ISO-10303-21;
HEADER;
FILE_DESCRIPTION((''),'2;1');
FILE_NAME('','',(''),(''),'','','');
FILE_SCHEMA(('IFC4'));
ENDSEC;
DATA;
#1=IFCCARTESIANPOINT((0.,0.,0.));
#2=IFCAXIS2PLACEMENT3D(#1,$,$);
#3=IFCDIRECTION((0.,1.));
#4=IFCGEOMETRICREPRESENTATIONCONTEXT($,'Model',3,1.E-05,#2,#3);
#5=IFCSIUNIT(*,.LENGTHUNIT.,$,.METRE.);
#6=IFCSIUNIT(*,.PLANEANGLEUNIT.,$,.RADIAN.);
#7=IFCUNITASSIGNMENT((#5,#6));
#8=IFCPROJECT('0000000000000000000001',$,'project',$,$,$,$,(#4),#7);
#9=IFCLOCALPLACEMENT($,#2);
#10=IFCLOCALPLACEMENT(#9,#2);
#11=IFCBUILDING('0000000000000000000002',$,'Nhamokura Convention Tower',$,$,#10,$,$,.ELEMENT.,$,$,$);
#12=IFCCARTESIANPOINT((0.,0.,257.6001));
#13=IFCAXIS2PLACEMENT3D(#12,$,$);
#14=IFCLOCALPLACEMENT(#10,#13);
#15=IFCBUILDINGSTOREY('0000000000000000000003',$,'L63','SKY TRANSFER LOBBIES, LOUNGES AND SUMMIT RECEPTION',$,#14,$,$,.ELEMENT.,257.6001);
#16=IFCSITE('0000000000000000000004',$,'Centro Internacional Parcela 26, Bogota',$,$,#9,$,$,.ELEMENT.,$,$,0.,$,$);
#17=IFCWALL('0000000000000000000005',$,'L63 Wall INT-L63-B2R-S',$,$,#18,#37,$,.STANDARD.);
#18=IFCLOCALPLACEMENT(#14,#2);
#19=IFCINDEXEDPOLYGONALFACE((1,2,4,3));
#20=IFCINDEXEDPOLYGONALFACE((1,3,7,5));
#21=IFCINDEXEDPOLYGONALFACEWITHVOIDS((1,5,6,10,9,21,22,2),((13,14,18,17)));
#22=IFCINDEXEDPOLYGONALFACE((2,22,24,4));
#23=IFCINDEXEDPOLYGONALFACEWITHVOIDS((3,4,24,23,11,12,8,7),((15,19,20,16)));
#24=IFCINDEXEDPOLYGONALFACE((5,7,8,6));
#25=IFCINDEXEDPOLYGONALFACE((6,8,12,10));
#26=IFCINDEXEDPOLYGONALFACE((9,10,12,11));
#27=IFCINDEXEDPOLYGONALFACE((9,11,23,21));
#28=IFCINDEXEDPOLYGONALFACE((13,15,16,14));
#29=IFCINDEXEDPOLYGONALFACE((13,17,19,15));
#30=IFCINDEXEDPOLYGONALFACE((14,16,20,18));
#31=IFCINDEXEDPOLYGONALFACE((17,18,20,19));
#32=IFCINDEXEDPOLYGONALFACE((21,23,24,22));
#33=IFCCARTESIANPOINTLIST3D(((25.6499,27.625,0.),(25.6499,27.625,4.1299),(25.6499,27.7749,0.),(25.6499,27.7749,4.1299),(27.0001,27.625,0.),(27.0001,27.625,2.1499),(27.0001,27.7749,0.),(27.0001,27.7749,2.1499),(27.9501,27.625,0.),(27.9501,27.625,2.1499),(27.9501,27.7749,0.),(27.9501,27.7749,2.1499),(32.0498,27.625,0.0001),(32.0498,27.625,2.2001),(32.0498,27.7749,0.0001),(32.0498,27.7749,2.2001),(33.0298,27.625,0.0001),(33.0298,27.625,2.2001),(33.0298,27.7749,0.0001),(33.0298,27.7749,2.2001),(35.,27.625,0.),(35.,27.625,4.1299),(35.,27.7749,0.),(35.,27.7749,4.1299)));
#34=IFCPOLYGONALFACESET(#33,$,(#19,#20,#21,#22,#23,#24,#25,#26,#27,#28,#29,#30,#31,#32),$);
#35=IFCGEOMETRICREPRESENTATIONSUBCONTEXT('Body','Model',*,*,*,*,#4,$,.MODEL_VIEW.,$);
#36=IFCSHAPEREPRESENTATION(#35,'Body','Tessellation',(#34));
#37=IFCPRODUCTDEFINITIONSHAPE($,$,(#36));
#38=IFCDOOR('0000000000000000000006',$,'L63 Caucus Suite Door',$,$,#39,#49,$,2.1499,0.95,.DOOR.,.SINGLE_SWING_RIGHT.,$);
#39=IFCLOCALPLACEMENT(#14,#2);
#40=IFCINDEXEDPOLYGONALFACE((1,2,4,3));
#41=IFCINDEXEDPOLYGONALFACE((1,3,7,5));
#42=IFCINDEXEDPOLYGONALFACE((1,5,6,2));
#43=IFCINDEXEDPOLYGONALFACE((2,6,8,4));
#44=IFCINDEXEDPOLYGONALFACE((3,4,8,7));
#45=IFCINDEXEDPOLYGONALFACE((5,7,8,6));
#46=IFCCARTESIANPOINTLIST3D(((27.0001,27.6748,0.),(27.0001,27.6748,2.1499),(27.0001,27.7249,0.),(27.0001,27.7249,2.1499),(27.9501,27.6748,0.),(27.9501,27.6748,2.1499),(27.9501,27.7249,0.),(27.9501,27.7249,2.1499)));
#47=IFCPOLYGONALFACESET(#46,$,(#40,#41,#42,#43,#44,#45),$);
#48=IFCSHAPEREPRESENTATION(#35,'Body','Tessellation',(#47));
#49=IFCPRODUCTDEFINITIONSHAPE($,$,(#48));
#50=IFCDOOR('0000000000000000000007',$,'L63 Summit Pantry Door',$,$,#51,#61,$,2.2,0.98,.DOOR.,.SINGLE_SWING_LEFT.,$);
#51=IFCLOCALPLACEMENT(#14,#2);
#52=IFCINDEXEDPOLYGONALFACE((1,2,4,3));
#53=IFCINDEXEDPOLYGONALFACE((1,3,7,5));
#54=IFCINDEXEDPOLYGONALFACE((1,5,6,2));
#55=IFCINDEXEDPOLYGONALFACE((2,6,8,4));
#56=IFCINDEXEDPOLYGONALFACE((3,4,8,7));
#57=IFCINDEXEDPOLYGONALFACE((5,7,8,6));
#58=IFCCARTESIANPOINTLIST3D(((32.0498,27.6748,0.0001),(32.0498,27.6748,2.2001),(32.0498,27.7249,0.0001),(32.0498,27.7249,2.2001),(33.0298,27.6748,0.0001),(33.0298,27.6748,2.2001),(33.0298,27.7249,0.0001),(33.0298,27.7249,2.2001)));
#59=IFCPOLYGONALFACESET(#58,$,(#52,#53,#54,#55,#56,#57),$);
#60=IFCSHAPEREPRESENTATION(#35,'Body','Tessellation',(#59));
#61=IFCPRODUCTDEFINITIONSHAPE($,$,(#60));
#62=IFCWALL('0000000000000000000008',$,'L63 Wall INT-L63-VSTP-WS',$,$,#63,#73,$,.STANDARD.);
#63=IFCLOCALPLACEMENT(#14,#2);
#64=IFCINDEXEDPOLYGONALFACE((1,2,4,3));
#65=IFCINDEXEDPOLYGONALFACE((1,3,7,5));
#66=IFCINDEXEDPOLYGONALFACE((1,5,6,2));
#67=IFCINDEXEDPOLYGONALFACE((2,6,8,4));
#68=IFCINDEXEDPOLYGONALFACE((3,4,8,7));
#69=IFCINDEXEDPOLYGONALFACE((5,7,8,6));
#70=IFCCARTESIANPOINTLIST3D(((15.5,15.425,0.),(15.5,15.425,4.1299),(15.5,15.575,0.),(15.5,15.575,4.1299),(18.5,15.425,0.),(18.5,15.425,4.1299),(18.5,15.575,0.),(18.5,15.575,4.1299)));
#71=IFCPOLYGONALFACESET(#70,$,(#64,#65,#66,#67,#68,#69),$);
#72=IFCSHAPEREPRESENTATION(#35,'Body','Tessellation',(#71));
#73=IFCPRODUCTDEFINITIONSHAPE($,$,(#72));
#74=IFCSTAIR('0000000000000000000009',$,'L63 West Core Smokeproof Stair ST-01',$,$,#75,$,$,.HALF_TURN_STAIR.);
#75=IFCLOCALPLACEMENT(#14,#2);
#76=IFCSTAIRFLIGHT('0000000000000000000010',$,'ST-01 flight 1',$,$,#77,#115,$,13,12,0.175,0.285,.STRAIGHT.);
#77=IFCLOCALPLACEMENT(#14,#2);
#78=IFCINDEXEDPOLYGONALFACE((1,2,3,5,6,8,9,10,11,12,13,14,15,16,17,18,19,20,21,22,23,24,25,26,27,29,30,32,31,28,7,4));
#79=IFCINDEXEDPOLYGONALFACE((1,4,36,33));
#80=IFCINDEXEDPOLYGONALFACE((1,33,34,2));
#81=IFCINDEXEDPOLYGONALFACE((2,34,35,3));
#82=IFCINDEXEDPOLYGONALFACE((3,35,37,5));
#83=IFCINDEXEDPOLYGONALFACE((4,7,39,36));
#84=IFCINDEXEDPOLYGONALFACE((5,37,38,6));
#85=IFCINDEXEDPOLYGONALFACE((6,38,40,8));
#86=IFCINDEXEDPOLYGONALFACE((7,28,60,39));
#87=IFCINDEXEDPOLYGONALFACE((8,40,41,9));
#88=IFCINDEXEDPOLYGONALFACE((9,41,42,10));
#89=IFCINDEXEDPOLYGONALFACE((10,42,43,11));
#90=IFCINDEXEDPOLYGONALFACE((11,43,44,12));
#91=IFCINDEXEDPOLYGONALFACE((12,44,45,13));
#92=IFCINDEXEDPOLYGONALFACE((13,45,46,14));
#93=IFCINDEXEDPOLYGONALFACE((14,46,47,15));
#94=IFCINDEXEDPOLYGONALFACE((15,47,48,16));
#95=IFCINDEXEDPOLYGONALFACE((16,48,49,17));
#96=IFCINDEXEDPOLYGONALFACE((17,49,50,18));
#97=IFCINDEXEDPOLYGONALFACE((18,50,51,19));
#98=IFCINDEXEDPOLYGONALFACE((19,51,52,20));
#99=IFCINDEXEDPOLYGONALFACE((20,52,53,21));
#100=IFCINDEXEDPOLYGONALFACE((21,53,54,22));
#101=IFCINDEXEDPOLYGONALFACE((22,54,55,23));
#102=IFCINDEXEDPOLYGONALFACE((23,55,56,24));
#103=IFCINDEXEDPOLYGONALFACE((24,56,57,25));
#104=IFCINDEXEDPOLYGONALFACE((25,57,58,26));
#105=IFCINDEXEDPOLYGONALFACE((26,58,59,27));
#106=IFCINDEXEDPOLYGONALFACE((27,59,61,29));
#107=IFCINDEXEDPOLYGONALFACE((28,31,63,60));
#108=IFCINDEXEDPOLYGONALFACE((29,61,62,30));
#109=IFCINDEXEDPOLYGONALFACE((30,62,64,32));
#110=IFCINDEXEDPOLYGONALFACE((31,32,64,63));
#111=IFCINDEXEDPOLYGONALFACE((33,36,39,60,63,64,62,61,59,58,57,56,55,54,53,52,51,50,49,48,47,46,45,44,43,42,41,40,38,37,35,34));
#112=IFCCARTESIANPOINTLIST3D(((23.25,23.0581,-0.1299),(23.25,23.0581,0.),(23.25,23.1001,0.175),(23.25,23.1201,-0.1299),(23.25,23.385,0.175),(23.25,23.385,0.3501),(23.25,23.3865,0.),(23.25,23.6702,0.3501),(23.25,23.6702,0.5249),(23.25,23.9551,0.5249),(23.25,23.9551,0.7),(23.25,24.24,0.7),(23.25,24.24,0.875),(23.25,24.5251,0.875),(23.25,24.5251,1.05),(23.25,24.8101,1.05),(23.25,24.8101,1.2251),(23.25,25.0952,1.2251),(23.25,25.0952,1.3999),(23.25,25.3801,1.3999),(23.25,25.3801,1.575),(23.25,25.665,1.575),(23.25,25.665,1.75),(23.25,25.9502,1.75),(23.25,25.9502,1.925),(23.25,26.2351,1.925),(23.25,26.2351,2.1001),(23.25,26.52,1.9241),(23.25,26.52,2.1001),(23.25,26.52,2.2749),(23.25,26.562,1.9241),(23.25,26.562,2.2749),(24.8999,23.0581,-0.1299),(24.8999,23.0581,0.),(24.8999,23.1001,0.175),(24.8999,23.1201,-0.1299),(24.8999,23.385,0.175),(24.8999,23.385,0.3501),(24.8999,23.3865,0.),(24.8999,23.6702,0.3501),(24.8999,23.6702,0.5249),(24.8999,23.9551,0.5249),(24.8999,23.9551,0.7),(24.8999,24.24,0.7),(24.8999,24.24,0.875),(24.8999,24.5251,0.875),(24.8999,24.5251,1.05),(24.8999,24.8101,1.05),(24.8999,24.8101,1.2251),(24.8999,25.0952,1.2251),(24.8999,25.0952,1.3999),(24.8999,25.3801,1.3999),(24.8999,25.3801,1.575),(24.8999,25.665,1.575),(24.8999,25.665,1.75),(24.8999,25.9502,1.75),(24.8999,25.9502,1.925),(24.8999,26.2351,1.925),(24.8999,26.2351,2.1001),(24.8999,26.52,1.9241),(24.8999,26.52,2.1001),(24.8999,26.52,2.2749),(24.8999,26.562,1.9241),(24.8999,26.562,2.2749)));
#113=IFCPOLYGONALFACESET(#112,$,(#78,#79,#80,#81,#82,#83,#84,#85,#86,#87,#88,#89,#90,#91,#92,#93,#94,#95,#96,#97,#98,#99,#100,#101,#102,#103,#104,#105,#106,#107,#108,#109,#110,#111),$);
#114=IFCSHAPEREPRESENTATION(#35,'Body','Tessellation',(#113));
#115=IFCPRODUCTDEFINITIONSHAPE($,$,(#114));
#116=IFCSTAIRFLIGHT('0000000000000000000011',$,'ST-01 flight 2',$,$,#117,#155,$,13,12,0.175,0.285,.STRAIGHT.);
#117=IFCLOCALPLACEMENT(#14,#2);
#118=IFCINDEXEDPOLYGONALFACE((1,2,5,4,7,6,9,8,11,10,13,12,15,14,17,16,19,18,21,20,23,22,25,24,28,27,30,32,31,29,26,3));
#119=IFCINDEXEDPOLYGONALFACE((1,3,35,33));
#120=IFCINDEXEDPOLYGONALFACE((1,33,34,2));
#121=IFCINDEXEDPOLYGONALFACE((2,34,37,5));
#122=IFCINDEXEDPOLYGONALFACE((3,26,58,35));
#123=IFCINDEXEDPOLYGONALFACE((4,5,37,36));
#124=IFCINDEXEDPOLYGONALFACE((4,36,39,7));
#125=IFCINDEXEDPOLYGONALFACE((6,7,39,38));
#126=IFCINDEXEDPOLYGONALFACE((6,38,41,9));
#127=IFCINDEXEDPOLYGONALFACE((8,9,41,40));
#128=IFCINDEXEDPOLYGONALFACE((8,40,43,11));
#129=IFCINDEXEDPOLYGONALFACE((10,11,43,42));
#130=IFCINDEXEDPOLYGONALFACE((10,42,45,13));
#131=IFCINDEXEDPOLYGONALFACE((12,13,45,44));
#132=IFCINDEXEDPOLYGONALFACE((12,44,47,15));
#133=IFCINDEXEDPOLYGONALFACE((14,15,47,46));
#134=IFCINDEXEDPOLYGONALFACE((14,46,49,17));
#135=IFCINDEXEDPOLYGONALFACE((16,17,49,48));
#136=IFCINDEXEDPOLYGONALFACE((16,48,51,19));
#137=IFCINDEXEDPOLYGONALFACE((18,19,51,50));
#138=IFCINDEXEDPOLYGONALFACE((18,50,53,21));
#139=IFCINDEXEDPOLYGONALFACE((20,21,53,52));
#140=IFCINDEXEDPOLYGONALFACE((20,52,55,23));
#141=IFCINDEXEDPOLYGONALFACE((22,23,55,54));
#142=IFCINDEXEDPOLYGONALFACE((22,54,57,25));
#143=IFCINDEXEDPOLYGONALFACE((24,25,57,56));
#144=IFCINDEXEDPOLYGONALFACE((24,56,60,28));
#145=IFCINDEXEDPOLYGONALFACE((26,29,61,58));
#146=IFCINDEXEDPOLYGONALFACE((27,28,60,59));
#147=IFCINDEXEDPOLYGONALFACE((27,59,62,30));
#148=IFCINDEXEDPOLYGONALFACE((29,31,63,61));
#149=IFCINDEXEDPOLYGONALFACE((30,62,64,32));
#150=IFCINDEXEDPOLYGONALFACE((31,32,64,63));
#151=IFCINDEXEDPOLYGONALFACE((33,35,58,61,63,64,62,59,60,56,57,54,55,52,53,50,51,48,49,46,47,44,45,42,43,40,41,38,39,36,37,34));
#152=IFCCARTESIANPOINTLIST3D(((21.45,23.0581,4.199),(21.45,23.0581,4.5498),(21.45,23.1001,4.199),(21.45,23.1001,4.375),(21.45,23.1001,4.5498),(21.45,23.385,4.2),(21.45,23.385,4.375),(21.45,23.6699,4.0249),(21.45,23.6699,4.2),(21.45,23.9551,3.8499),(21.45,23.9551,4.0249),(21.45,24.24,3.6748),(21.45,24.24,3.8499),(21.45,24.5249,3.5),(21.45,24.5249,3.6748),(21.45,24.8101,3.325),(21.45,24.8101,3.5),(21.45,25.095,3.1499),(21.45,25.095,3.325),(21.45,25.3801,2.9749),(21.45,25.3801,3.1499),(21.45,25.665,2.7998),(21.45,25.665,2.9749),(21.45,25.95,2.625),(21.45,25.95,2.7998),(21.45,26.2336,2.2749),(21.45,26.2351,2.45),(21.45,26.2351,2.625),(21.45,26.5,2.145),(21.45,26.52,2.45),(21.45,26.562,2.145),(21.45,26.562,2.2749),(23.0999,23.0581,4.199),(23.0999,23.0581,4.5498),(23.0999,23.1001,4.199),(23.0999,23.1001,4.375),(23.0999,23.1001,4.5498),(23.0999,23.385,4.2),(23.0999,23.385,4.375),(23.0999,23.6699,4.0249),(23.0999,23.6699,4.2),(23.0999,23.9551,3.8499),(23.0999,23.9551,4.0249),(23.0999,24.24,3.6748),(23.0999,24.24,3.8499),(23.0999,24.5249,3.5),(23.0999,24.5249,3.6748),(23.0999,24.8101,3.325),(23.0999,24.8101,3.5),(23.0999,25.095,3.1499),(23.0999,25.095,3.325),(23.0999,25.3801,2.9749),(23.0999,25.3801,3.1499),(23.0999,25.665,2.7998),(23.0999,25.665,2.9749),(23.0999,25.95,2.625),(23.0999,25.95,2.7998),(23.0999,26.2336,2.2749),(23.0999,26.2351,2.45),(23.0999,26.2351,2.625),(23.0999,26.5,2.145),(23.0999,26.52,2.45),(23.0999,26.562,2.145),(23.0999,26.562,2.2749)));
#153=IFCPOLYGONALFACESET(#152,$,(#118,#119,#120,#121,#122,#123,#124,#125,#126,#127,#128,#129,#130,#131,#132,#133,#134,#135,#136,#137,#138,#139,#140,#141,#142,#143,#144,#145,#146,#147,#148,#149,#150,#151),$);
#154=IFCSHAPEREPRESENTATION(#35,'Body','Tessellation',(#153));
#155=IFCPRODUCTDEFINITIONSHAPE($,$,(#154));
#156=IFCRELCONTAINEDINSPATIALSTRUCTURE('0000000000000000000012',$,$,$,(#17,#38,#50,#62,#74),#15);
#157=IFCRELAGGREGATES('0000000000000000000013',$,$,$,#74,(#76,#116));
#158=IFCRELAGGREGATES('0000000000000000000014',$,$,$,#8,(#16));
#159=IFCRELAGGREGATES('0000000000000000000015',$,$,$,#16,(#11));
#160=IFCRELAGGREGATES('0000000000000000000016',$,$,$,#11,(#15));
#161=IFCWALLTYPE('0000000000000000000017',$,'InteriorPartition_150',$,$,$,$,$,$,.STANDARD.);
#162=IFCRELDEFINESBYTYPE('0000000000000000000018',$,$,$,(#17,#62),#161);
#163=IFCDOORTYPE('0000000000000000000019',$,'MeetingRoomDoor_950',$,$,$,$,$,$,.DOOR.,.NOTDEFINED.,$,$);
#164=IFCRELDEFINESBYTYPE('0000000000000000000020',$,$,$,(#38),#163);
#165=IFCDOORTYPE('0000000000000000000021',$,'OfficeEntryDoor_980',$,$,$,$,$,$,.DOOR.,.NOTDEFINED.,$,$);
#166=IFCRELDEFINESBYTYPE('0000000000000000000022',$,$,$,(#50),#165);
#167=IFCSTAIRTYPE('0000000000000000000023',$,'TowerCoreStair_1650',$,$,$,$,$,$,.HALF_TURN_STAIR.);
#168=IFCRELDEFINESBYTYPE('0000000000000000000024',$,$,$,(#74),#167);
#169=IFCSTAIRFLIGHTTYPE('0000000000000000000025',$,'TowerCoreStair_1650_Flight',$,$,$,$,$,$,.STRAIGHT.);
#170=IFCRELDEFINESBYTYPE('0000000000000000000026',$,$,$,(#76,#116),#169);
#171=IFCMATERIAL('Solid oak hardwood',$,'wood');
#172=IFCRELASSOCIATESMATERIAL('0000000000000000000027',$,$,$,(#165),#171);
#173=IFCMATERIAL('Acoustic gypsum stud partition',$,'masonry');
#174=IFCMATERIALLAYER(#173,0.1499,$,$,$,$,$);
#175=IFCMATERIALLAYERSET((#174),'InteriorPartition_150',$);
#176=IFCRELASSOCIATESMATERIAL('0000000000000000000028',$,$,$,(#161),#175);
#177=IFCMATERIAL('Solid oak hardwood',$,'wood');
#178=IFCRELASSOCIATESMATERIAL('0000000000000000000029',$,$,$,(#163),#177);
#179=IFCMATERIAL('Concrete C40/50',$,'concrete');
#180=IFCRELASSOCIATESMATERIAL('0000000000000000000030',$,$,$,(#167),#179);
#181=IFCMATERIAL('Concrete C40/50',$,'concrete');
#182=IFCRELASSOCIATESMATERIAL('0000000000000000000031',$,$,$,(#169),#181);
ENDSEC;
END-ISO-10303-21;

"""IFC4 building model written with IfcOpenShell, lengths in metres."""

from ifc_helpers import new_model, si_unit, direction, frame, frame_2d, origin, place, context, subcontext, project, spatial, polyline, rectangle, outline, extrude, material, layer, layer_set, type_object, element, fill, aggregate, save


model = new_model("IFC4")

# Units and contexts
model_context = context("Model", 3, precision=1e-05, world=origin(), true_north=direction((0.0, 1.0)))
body_context = subcontext(model_context, "Body", "Model", "MODEL_VIEW")
ifc_project = project(units=[si_unit("LENGTHUNIT", "METRE"), si_unit("PLANEANGLEUNIT", "RADIAN")], contexts=[model_context])

# Site, building, storey
site_placement = place(None, origin())
site = spatial("IfcSite", under=ifc_project, at=site_placement, Name="Centro Internacional Parcela 26, Bogota", CompositionType="ELEMENT", RefElevation=0.0)
building_placement = place(site_placement, origin())
building = spatial("IfcBuilding", under=site, at=building_placement, Name="Nhamokura Convention Tower", CompositionType="ELEMENT")
storey_placement = place(building_placement, frame((0.0, 0.0, 257.6001)))
storey = spatial("IfcBuildingStorey", under=building, at=storey_placement, Name="L63", Description="SKY TRANSFER LOBBIES, LOUNGES AND SUMMIT RECEPTION", CompositionType="ELEMENT", Elevation=257.6001)

# Shared definitions
ifc_material_1 = material(Name="Solid oak hardwood", Category="wood")
door_type_1 = type_object("IfcDoorType", Name="OfficeEntryDoor_980", OperationType="NOTDEFINED", PredefinedType="DOOR", material=ifc_material_1)
ifc_material_2 = material(Name="Acoustic gypsum stud partition", Category="masonry")
ifc_layer_1 = layer(ifc_material_2, 0.1499)
ifc_layer_set_1 = layer_set([ifc_layer_1], Name="InteriorPartition_150")
wall_type_1 = type_object("IfcWallType", Name="InteriorPartition_150", PredefinedType="STANDARD", material=ifc_layer_set_1)
ifc_material_3 = material(Name="Solid oak hardwood", Category="wood")
door_type_2 = type_object("IfcDoorType", Name="MeetingRoomDoor_950", OperationType="NOTDEFINED", PredefinedType="DOOR", material=ifc_material_3)

# Wall, openings, doors
wall_1_placement = place(storey_placement, frame((25.6499, 27.7, 0.0), z_axis=(0.0, 0.0, 1.0), x_axis=(1.0, 0.0, 0.0)))
wall_1 = element("IfcWall", 1, at=wall_1_placement, inside=storey, type_object=wall_type_1, Name="L63 Wall INT-L63-B2R-S", PredefinedType="STANDARD", context=body_context, shape_type="SweptSolid", body=[
    extrude(rectangle(XDim=9.3501, YDim=0.1499, at=frame_2d((4.675, 0.0))), origin(), (0.0, 0.0, 1.0), 4.1299),
])
opening_1_placement = place(wall_1_placement, frame((1.3501, 0.0, 0.0)))
opening_1 = element("IfcOpeningElement", 2, at=opening_1_placement, cuts=wall_1, PredefinedType="OPENING", context=body_context, shape_type="SweptSolid", body=[
    extrude(rectangle(XDim=0.95, YDim=2.1499, at=frame_2d((0.4751, 1.075))), frame((0.0, 0.085, 0.0), z_axis=(0.0, -1.0, 0.0), x_axis=(1.0, 0.0, 0.0)), (0.0, 0.0, 1.0), 0.1699),
])
opening_2_placement = place(wall_1_placement, frame((6.3999, 0.0, 0.0)))
opening_2 = element("IfcOpeningElement", 3, at=opening_2_placement, cuts=wall_1, PredefinedType="OPENING", context=body_context, shape_type="SweptSolid", body=[
    extrude(rectangle(XDim=0.98, YDim=2.2, at=frame_2d((0.49, 1.1001))), frame((0.0, 0.085, 0.0), z_axis=(0.0, -1.0, 0.0), x_axis=(1.0, 0.0, 0.0)), (0.0, 0.0, 1.0), 0.1699),
])
door_1_placement = place(opening_1_placement, origin())
door_1 = element("IfcDoor", 4, at=door_1_placement, inside=storey, type_object=door_type_2, Name="L63 Caucus Suite Door", OperationType="SINGLE_SWING_RIGHT", OverallHeight=2.1499, OverallWidth=0.95, PredefinedType="DOOR", context=body_context, shape_type="SweptSolid", body=[
    extrude(rectangle(XDim=0.95, YDim=2.1499, at=frame_2d((0.4751, 1.075))), frame((0.0, 0.0249, 0.0), z_axis=(0.0, -1.0, 0.0), x_axis=(1.0, 0.0, 0.0)), (0.0, 0.0, 1.0), 0.05),
])
fill(opening_1, door_1)
door_2_placement = place(opening_2_placement, origin())
door_2 = element("IfcDoor", 5, at=door_2_placement, inside=storey, type_object=door_type_1, Name="L63 Summit Pantry Door", OperationType="SINGLE_SWING_LEFT", OverallHeight=2.2, OverallWidth=0.98, PredefinedType="DOOR", context=body_context, shape_type="SweptSolid", body=[
    extrude(rectangle(XDim=0.98, YDim=2.2, at=frame_2d((0.49, 1.1001))), frame((0.0, 0.0249, 0.0), z_axis=(0.0, -1.0, 0.0), x_axis=(1.0, 0.0, 0.0)), (0.0, 0.0, 1.0), 0.05),
])
fill(opening_2, door_2)

# Wall
wall_2_placement = place(storey_placement, frame((15.5, 15.5, 0.0), z_axis=(0.0, 0.0, 1.0), x_axis=(1.0, 0.0, 0.0)))
element("IfcWall", 6, at=wall_2_placement, inside=storey, type_object=wall_type_1, Name="L63 Wall INT-L63-VSTP-WS", PredefinedType="STANDARD", context=body_context, shape_type="SweptSolid", body=[
    extrude(rectangle(XDim=3.0, YDim=0.1499, at=frame_2d((1.5, 0.0))), origin(), (0.0, 0.0, 1.0), 4.1299),
])

# Stair, stair flights
ifc_material_4 = material(Name="Concrete C40/50", Category="concrete")
stair_type = type_object("IfcStairType", Name="TowerCoreStair_1650", PredefinedType="HALF_TURN_STAIR", material=ifc_material_4)
stair_placement = place(storey_placement, origin())
stair = element("IfcStair", 7, at=stair_placement, inside=storey, type_object=stair_type, Name="L63 West Core Smokeproof Stair ST-01", PredefinedType="HALF_TURN_STAIR")
ifc_material_5 = material(Name="Concrete C40/50", Category="concrete")
stair_flight_type = type_object("IfcStairFlightType", Name="TowerCoreStair_1650_Flight", PredefinedType="STRAIGHT", material=ifc_material_5)
stair_flight_1_placement = place(storey_placement, frame((24.075, 23.1001, 0.0), z_axis=(0.0, 0.0, 1.0), x_axis=(0.0, 1.0, 0.0)))
stair_flight_1 = element("IfcStairFlight", 8, at=stair_flight_1_placement, type_object=stair_flight_type, Name="ST-01 flight 1", NumberOfRisers=13, NumberOfTreads=12, PredefinedType="STRAIGHT", RiserHeight=0.175, TreadLength=0.285, context=body_context, shape_type="SweptSolid", body=[
    extrude(outline(polyline([(-0.042, 0.0), (0.0, 0.175), (0.2849, 0.175), (0.2849, 0.3501), (0.5701, 0.3501), (0.5701, 0.5249), (0.855, 0.5249), (0.855, 0.7), (1.1399, 0.7), (1.1399, 0.875), (1.425, 0.875), (1.425, 1.05), (1.71, 1.05), (1.71, 1.2251), (1.9951, 1.2251), (1.9951, 1.3999), (2.28, 1.3999), (2.28, 1.575), (2.5649, 1.575), (2.5649, 1.75), (2.8501, 1.75), (2.8501, 1.925), (3.135, 1.925), (3.135, 2.1001), (3.4199, 2.1001), (3.4199, 2.2749), (3.4619, 2.2749), (3.4619, 1.9241), (3.4199, 1.9241), (0.2864, 0.0), (0.02, -0.1299), (-0.042, -0.1299), (-0.042, 0.0)])), frame((0.0, 0.825, 0.0), z_axis=(0.0, -1.0, 0.0), x_axis=(1.0, 0.0, 0.0)), (0.0, 0.0, 1.0), 1.6499),
])
stair_flight_2_placement = place(storey_placement, frame((22.2749, 26.52, 2.2749), z_axis=(0.0, 0.0, 1.0), x_axis=(0.0, -1.0, 0.0)))
stair_flight_2 = element("IfcStairFlight", 9, at=stair_flight_2_placement, type_object=stair_flight_type, Name="ST-01 flight 2", NumberOfRisers=13, NumberOfTreads=12, PredefinedType="STRAIGHT", RiserHeight=0.175, TreadLength=0.285, context=body_context, shape_type="SweptSolid", body=[
    extrude(outline(polyline([(-0.042, 0.0), (0.0, 0.175), (0.2849, 0.175), (0.2849, 0.3501), (0.5701, 0.3501), (0.5701, 0.5249), (0.855, 0.5249), (0.855, 0.7), (1.1399, 0.7), (1.1399, 0.875), (1.425, 0.875), (1.425, 1.05), (1.71, 1.05), (1.71, 1.2251), (1.9951, 1.2251), (1.9951, 1.3999), (2.28, 1.3999), (2.28, 1.575), (2.5649, 1.575), (2.5649, 1.75), (2.8501, 1.75), (2.8501, 1.925), (3.135, 1.925), (3.135, 2.1001), (3.4199, 2.1001), (3.4199, 2.2749), (3.4619, 2.2749), (3.4619, 1.9241), (3.4199, 1.9241), (0.2864, 0.0), (0.02, -0.1299), (-0.042, -0.1299), (-0.042, 0.0)])), frame((0.0, 0.825, 0.0), z_axis=(0.0, -1.0, 0.0), x_axis=(1.0, 0.0, 0.0)), (0.0, 0.0, 1.0), 1.6499),
])
aggregate(stair, [stair_flight_1, stair_flight_2])

save(model, "model.ifc")
